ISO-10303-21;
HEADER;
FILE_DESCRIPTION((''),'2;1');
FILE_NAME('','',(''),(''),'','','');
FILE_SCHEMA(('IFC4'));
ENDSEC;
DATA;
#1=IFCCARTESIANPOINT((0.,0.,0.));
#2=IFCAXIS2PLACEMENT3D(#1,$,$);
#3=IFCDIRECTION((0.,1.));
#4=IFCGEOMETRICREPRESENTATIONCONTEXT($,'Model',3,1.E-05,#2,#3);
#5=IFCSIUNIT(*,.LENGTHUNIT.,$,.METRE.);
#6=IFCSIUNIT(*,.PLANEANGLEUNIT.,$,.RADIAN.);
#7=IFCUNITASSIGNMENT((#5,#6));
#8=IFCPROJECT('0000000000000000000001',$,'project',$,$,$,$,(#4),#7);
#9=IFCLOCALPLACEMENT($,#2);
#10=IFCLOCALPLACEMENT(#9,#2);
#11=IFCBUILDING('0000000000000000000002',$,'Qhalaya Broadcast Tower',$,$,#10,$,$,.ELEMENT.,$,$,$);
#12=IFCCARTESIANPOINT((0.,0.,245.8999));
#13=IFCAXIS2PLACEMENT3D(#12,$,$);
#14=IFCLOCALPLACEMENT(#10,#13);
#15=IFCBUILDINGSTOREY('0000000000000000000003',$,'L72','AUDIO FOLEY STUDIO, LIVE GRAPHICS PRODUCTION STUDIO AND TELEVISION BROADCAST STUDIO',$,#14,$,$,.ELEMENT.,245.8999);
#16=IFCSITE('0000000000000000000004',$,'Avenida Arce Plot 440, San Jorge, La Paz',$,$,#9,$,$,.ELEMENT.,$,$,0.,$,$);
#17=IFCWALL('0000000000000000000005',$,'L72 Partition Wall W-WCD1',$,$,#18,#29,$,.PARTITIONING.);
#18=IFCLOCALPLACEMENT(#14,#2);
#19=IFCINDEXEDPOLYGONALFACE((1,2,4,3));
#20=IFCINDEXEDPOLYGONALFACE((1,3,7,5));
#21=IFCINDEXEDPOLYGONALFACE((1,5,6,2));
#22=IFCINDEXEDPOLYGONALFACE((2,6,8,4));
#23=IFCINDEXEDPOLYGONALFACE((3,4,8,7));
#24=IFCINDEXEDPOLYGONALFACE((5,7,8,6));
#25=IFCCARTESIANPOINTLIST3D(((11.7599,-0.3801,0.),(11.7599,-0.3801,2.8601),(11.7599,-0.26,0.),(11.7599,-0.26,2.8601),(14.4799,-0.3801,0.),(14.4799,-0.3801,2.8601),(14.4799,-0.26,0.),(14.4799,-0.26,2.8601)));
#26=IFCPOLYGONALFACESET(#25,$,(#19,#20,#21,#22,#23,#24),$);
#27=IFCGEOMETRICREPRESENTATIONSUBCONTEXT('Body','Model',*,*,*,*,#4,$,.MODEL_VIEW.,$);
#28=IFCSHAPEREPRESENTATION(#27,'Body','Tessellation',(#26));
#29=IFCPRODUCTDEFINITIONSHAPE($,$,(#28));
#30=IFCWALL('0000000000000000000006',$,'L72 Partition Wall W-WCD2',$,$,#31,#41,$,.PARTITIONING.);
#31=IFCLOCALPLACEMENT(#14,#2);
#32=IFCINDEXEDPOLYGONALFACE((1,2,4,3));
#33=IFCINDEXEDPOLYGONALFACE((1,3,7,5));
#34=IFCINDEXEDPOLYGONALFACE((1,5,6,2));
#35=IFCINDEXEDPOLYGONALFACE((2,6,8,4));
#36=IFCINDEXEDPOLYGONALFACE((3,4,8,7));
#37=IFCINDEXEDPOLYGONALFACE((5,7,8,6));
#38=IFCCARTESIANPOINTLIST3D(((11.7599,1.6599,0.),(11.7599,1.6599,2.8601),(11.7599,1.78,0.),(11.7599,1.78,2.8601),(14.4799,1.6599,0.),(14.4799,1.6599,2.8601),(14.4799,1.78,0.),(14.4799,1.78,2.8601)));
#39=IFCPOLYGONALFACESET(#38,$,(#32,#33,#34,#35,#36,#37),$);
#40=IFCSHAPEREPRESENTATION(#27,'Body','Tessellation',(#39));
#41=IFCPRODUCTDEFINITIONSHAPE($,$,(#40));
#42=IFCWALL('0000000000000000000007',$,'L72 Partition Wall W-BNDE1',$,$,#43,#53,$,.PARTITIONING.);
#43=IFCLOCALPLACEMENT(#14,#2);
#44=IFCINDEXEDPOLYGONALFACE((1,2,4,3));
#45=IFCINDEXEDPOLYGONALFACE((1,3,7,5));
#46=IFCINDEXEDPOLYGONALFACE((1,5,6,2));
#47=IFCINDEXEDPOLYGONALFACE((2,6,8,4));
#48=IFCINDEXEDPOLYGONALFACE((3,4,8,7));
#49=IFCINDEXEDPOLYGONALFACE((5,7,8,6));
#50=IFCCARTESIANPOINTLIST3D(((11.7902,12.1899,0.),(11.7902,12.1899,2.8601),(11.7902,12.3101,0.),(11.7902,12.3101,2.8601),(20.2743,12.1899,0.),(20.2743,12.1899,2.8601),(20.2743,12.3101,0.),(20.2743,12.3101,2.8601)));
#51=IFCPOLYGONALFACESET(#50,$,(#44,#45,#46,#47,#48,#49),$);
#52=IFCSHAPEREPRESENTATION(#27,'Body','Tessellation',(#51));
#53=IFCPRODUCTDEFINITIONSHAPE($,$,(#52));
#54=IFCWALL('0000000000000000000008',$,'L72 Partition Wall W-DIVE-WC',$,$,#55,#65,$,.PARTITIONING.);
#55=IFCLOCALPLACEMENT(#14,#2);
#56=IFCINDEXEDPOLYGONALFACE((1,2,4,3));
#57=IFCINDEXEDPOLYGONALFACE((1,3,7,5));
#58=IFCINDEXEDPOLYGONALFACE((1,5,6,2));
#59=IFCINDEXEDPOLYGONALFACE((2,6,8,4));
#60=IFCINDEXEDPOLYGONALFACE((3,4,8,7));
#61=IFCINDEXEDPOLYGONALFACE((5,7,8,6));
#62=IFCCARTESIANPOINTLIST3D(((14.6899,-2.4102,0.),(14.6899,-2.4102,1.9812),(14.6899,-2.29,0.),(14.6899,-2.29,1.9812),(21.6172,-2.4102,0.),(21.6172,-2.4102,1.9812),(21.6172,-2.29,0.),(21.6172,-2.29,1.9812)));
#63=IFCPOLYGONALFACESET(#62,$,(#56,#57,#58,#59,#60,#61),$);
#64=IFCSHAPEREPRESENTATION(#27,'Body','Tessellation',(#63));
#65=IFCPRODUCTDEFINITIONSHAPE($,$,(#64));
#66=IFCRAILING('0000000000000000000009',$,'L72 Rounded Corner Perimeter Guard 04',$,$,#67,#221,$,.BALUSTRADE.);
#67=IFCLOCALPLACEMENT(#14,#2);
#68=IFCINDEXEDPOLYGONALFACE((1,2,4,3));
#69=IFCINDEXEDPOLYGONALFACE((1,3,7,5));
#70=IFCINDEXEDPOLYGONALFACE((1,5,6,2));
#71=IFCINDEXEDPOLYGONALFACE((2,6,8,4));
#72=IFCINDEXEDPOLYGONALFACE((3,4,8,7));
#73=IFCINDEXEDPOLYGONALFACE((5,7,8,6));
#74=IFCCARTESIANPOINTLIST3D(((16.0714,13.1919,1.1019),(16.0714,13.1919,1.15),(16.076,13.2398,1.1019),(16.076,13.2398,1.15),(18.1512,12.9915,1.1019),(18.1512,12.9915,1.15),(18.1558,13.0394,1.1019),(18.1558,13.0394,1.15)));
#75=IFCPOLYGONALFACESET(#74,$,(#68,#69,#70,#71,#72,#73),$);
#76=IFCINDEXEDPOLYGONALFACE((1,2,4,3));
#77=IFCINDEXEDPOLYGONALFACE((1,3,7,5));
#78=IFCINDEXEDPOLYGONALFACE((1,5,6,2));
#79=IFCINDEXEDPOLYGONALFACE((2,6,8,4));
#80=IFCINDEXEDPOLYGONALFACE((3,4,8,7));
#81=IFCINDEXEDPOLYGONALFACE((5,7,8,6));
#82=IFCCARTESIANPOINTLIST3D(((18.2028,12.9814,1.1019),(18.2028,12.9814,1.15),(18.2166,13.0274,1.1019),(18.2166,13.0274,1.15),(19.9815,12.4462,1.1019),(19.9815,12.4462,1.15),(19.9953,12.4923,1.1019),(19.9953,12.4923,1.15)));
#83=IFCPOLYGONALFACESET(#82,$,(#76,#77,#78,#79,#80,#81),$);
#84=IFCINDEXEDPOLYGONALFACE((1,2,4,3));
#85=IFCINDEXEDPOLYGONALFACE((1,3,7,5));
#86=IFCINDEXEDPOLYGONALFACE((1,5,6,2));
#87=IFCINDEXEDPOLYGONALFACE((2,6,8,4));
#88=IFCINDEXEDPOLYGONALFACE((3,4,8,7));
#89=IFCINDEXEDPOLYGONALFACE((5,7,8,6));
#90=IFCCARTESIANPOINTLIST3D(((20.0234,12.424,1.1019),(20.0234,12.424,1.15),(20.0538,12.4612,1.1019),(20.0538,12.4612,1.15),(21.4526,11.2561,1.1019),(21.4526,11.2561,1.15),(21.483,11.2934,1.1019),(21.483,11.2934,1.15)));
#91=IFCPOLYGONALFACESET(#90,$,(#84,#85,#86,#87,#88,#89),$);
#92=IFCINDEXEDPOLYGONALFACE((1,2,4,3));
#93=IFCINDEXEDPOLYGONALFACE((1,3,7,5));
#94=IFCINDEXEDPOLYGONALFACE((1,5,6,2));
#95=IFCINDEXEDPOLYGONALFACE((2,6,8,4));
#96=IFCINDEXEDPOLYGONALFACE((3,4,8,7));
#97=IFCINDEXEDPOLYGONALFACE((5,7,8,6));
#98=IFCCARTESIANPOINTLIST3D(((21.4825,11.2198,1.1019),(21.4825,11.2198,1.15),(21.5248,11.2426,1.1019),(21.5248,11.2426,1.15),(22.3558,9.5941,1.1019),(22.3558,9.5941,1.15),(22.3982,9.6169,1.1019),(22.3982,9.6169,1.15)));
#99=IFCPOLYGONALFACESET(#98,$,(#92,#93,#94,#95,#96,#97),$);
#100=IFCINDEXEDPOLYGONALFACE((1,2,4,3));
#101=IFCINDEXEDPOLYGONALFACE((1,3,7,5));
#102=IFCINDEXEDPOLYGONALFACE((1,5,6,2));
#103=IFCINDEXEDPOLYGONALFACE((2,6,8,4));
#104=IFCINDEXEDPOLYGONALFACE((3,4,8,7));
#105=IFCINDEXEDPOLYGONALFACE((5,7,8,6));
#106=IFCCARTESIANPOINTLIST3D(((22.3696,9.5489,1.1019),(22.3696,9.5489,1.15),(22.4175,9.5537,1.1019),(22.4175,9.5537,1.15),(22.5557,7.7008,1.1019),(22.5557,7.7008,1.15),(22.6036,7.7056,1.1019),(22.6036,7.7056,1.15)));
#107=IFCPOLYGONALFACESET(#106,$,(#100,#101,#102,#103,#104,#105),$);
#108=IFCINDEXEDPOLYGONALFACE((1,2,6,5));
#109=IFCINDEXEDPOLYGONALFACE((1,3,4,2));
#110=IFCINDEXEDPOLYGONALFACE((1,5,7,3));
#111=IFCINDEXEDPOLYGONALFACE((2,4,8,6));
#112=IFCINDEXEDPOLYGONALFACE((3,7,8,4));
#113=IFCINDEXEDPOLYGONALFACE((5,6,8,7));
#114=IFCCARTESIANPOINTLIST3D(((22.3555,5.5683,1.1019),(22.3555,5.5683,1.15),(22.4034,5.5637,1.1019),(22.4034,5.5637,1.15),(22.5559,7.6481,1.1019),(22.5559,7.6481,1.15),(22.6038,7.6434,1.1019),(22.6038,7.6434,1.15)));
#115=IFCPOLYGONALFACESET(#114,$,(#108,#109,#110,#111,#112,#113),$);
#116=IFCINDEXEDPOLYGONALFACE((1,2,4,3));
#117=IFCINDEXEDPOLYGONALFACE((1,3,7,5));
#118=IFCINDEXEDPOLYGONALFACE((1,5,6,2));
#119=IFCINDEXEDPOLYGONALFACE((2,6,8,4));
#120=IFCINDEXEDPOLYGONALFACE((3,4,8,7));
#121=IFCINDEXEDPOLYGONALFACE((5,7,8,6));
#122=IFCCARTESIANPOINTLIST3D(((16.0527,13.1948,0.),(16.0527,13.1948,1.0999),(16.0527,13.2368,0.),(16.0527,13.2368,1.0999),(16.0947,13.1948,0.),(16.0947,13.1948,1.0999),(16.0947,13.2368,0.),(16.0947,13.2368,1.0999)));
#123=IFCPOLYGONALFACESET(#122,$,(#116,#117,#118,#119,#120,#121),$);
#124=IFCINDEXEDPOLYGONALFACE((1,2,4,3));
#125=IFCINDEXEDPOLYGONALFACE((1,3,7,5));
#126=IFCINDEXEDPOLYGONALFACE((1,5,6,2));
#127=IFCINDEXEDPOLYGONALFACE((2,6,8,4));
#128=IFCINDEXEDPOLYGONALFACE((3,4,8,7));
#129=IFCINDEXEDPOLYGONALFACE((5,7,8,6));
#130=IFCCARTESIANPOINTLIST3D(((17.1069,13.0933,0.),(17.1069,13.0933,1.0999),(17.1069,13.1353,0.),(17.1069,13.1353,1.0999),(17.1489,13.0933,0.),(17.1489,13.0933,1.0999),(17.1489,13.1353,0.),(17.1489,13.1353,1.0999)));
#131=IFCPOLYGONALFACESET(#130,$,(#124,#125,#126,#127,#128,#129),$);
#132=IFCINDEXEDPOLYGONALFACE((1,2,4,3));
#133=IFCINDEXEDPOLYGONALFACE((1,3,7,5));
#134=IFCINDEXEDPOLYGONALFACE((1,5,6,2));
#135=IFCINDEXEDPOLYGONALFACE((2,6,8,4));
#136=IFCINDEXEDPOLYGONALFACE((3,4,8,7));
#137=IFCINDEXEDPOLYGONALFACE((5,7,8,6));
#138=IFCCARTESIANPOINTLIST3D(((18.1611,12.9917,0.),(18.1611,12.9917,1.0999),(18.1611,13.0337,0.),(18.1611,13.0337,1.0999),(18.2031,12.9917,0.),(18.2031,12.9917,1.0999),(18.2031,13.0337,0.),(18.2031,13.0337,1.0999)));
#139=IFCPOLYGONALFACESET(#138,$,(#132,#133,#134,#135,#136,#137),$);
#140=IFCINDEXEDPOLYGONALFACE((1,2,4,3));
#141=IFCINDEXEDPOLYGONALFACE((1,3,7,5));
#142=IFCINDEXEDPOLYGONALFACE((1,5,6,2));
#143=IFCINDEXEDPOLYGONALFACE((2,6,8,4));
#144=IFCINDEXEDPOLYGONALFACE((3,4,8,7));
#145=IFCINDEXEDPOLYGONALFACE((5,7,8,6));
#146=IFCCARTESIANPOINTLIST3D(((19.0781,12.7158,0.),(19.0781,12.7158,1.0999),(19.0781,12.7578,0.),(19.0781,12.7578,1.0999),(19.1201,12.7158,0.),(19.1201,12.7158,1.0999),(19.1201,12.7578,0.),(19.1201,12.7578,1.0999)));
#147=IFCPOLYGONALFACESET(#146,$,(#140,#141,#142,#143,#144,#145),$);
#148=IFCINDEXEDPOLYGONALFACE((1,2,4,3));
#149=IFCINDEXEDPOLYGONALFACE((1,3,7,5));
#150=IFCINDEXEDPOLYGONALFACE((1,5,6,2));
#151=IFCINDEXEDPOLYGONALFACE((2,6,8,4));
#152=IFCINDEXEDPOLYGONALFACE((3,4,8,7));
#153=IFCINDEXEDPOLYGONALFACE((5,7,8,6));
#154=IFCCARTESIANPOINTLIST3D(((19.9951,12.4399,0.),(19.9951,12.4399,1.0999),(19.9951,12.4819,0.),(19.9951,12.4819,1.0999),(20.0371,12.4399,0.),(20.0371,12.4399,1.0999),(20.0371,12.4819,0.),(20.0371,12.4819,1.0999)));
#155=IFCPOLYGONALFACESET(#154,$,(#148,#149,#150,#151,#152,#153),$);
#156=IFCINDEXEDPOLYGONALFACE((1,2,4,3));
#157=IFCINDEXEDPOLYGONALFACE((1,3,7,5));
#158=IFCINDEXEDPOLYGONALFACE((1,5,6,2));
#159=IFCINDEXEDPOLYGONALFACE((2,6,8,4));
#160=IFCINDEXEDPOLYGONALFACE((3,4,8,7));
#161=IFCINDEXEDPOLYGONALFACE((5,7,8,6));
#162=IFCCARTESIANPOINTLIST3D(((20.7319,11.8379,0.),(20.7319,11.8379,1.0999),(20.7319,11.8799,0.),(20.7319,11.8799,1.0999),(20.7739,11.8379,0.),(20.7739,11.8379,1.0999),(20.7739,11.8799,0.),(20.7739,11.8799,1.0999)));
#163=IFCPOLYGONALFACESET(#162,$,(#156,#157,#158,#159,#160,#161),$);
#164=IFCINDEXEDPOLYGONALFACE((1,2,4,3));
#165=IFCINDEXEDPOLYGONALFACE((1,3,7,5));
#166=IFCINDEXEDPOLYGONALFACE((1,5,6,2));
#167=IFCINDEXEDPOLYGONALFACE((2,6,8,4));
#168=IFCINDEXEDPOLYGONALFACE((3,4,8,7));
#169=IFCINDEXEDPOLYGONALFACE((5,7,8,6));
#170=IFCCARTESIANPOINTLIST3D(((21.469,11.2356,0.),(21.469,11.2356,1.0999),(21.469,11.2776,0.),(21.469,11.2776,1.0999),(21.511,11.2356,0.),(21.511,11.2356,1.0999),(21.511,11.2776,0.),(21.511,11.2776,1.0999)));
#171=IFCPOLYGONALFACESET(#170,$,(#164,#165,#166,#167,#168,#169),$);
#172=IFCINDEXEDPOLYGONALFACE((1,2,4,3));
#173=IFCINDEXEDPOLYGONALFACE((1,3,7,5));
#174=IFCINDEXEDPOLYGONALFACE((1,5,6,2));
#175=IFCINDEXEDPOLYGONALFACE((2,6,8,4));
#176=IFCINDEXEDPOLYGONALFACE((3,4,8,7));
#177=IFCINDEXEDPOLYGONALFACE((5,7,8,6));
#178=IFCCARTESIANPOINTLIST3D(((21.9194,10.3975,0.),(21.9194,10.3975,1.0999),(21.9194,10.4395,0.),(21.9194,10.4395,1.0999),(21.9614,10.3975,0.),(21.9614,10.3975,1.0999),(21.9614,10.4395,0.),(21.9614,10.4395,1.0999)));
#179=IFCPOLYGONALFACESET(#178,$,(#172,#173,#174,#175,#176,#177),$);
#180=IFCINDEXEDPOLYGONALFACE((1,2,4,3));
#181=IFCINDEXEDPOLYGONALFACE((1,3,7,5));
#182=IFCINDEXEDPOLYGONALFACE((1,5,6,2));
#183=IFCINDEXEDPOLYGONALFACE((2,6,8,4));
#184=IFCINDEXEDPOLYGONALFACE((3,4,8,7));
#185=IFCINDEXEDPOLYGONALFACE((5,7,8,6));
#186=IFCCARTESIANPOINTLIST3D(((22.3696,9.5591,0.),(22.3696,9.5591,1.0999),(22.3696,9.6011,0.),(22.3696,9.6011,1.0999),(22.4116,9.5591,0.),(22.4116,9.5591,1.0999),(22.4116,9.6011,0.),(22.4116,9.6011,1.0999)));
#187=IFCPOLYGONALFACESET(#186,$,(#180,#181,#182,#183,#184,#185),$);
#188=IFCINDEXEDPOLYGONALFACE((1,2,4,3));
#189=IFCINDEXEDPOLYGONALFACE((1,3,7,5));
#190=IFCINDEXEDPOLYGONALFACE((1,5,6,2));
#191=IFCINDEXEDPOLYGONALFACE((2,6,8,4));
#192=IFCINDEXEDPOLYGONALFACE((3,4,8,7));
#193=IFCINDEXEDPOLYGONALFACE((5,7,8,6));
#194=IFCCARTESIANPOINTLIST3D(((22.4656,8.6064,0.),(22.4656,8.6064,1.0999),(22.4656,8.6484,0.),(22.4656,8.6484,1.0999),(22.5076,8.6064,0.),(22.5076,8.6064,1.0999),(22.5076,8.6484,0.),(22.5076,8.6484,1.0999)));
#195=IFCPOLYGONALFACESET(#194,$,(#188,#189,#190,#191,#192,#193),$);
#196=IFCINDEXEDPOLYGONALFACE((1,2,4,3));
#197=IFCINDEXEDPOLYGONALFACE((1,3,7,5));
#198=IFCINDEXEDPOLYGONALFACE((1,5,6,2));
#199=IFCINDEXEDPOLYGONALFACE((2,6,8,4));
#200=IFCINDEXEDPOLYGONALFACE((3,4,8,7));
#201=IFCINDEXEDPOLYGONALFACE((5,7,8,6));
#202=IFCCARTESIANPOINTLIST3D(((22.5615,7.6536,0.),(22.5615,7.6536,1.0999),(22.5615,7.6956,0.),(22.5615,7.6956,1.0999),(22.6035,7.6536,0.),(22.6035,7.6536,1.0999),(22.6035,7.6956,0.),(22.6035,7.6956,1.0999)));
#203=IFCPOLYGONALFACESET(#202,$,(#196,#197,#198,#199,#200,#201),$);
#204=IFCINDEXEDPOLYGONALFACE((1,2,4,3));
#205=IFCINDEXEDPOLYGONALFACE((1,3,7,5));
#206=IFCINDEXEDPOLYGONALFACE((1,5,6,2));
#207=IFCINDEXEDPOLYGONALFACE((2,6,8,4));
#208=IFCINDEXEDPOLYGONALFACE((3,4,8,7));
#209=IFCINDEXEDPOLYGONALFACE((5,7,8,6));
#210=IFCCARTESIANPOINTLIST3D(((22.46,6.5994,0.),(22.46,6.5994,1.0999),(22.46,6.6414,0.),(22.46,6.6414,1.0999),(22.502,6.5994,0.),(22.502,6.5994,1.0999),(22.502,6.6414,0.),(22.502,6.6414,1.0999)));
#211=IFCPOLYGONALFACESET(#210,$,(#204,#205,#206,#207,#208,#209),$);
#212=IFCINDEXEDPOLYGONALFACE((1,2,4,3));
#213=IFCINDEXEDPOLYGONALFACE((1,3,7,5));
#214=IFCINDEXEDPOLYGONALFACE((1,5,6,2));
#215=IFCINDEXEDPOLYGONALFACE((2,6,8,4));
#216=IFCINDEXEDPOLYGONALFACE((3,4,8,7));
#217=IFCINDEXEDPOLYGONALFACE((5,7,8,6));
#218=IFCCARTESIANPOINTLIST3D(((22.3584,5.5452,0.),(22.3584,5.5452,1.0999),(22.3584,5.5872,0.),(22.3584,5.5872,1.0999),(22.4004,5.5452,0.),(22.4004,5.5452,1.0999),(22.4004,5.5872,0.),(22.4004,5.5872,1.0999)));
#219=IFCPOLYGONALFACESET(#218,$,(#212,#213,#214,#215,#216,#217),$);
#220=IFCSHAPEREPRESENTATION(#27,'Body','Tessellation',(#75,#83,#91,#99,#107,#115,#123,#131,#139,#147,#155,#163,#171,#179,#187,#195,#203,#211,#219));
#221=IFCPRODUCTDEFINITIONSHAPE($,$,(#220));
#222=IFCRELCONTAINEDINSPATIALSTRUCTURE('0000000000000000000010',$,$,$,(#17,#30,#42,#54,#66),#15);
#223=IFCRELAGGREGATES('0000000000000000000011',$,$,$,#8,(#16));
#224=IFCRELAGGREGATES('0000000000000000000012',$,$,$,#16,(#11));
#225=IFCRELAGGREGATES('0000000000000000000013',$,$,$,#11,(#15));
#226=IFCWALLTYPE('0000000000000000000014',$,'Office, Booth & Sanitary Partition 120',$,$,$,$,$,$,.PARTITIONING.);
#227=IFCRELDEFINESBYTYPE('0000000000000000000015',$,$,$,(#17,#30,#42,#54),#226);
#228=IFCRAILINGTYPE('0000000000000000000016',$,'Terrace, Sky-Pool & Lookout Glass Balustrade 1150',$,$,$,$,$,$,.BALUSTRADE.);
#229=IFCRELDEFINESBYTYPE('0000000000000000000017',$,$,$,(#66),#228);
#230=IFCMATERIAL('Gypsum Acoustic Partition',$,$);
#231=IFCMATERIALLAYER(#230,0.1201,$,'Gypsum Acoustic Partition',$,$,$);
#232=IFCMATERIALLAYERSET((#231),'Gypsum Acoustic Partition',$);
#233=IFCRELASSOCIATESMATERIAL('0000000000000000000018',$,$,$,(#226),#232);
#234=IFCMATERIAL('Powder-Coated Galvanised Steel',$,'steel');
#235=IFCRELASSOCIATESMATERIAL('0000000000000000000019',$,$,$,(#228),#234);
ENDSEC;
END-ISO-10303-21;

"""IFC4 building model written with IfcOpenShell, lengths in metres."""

from ifc_helpers import new_model, si_unit, direction, frame, frame_2d, origin, origin_2d, place, context, subcontext, project, spatial, rectangle, extrude, material, layer, layer_set, type_object, element, save


model = new_model("IFC4")

# Units and contexts
model_context = context("Model", 3, precision=1e-05, world=origin(), true_north=direction((0.0, 1.0)))
body_context = subcontext(model_context, "Body", "Model", "MODEL_VIEW")
ifc_project = project(units=[si_unit("LENGTHUNIT", "METRE"), si_unit("PLANEANGLEUNIT", "RADIAN")], contexts=[model_context])

# Site, building, storey
site_placement = place(None, origin())
site = spatial("IfcSite", under=ifc_project, at=site_placement, Name="Avenida Arce Plot 440, San Jorge, La Paz", CompositionType="ELEMENT", RefElevation=0.0)
building_placement = place(site_placement, origin())
building = spatial("IfcBuilding", under=site, at=building_placement, Name="Qhalaya Broadcast Tower", CompositionType="ELEMENT")
storey_placement = place(building_placement, frame((0.0, 0.0, 245.8999)))
storey = spatial("IfcBuildingStorey", under=building, at=storey_placement, Name="L72", Description="AUDIO FOLEY STUDIO, LIVE GRAPHICS PRODUCTION STUDIO AND TELEVISION BROADCAST STUDIO", CompositionType="ELEMENT", Elevation=245.8999)

# Walls
ifc_material_1 = material(Name="Gypsum Acoustic Partition")
ifc_layer_1 = layer(ifc_material_1, 0.1201, Name="Gypsum Acoustic Partition")
ifc_layer_set_1 = layer_set([ifc_layer_1], Name="Gypsum Acoustic Partition")
wall_type = type_object("IfcWallType", Name="Office, Booth & Sanitary Partition 120", PredefinedType="PARTITIONING", material=ifc_layer_set_1)
for number, where, z_axis, x_axis, name in (
    (1, (11.76, -0.3201, 0.0), (0.0, 0.0, 1.0), (1.0, 0.0, 0.0), "L72 Partition Wall W-WCD1"),
    (2, (11.76, 1.72, 0.0), (0.0, 0.0, 1.0), (1.0, 0.0, 0.0), "L72 Partition Wall W-WCD2"),
):
    element("IfcWall", number, at=place(storey_placement, frame(where, z_axis=z_axis, x_axis=x_axis)), inside=storey, type_object=wall_type, Name=name, PredefinedType="PARTITIONING", context=body_context, shape_type="SweptSolid", body=[
        extrude(rectangle(XDim=2.72, YDim=0.1201, at=frame_2d((1.3599, 0.0))), origin(), (0.0, 0.0, 1.0), 2.8601),
    ])
wall_1_placement = place(storey_placement, frame((11.79, 12.25, 0.0), z_axis=(0.0, 0.0, 1.0), x_axis=(1.0, 0.0, 0.0)))
element("IfcWall", 3, at=wall_1_placement, inside=storey, type_object=wall_type, Name="L72 Partition Wall W-BNDE1", PredefinedType="PARTITIONING", context=body_context, shape_type="SweptSolid", body=[
    extrude(rectangle(XDim=8.4841, YDim=0.1201, at=frame_2d((4.2422, 0.0))), origin(), (0.0, 0.0, 1.0), 2.8601),
])
wall_2_placement = place(storey_placement, frame((14.6899, -2.3501, 0.0), z_axis=(0.0, 0.0, 1.0), x_axis=(1.0, 0.0, 0.0)))
element("IfcWall", 4, at=wall_2_placement, inside=storey, type_object=wall_type, Name="L72 Partition Wall W-DIVE-WC", PredefinedType="PARTITIONING", context=body_context, shape_type="SweptSolid", body=[
    extrude(rectangle(XDim=6.9272, YDim=0.1201, at=frame_2d((3.4636, 0.0))), origin(), (0.0, 0.0, 1.0), 1.9812),
])

# Railing
ifc_material_2 = material(Name="Powder-Coated Galvanised Steel", Category="steel")
railing_type = type_object("IfcRailingType", Name="Terrace, Sky-Pool & Lookout Glass Balustrade 1150", PredefinedType="BALUSTRADE", material=ifc_material_2)
railing_placement = place(storey_placement, frame((16.0737, 13.2158, 0.0)))
element("IfcRailing", 5, at=railing_placement, inside=storey, type_object=railing_type, Name="L72 Rounded Corner Perimeter Guard 04", PredefinedType="BALUSTRADE", context=body_context, shape_type="SweptSolid", body=[
    extrude(rectangle(XDim=0.0481, YDim=0.0481, at=origin_2d()), frame((0.0, 0.0, 1.126), z_axis=(0.995391, -0.095897, 0.0), x_axis=(0.095897, 0.995391, 0.0)), (0.0, 0.0, 1.0), 2.0894),
    extrude(rectangle(XDim=0.0481, YDim=0.0481, at=origin_2d()), frame((2.136, -0.2114, 1.126), z_axis=(0.957601, -0.288096, 0.0), x_axis=(0.288096, 0.957601, 0.0)), (0.0, 0.0, 1.0), 1.8574),
    extrude(rectangle(XDim=0.0481, YDim=0.0481, at=origin_2d()), frame((3.9648, -0.7732, 1.126), z_axis=(0.774357, -0.632749, 0.0), x_axis=(0.632749, 0.774357, 0.0)), (0.0, 0.0, 1.0), 1.8457),
    extrude(rectangle(XDim=0.0481, YDim=0.0481, at=origin_2d()), frame((5.4299, -1.9846, 1.126), z_axis=(0.473243, -0.880932, 0.0), x_axis=(0.880932, 0.473243, 0.0)), (0.0, 0.0, 1.0), 1.8455),
    extrude(rectangle(XDim=0.0481, YDim=0.0481, at=origin_2d()), frame((6.3198, -3.6646, 1.126), z_axis=(0.100198, -0.994968, 0.0), x_axis=(0.994968, 0.100198, 0.0)), (0.0, 0.0, 1.0), 1.8574),
    extrude(rectangle(XDim=0.0481, YDim=0.0481, at=origin_2d()), frame((6.5061, -5.5701, 1.126), z_axis=(-0.095897, -0.995391, 0.0), x_axis=(0.995391, -0.095897, 0.0)), (0.0, 0.0, 1.0), 2.0894),
    extrude(rectangle(XDim=0.042, YDim=0.042, at=origin_2d()), origin(), (0.0, 0.0, 1.0), 1.0999),
    extrude(rectangle(XDim=0.042, YDim=0.042, at=origin_2d()), frame((1.0542, -0.1016, 0.0)), (0.0, 0.0, 1.0), 1.0999),
    extrude(rectangle(XDim=0.042, YDim=0.042, at=origin_2d()), frame((2.1084, -0.2031, 0.0)), (0.0, 0.0, 1.0), 1.0999),
    extrude(rectangle(XDim=0.042, YDim=0.042, at=origin_2d()), frame((3.0254, -0.479, 0.0)), (0.0, 0.0, 1.0), 1.0999),
    extrude(rectangle(XDim=0.042, YDim=0.042, at=origin_2d()), frame((3.9424, -0.7549, 0.0)), (0.0, 0.0, 1.0), 1.0999),
    extrude(rectangle(XDim=0.042, YDim=0.042, at=origin_2d()), frame((4.6792, -1.3569, 0.0)), (0.0, 0.0, 1.0), 1.0999),
    extrude(rectangle(XDim=0.042, YDim=0.042, at=origin_2d()), frame((5.4163, -1.9592, 0.0)), (0.0, 0.0, 1.0), 1.0999),
    extrude(rectangle(XDim=0.042, YDim=0.042, at=origin_2d()), frame((5.8667, -2.7974, 0.0)), (0.0, 0.0, 1.0), 1.0999),
    extrude(rectangle(XDim=0.042, YDim=0.042, at=origin_2d()), frame((6.3169, -3.6357, 0.0)), (0.0, 0.0, 1.0), 1.0999),
    extrude(rectangle(XDim=0.042, YDim=0.042, at=origin_2d()), frame((6.4128, -4.5884, 0.0)), (0.0, 0.0, 1.0), 1.0999),
    extrude(rectangle(XDim=0.042, YDim=0.042, at=origin_2d()), frame((6.5088, -5.5413, 0.0)), (0.0, 0.0, 1.0), 1.0999),
    extrude(rectangle(XDim=0.042, YDim=0.042, at=origin_2d()), frame((6.4072, -6.5955, 0.0)), (0.0, 0.0, 1.0), 1.0999),
    extrude(rectangle(XDim=0.042, YDim=0.042, at=origin_2d()), frame((6.3057, -7.6497, 0.0)), (0.0, 0.0, 1.0), 1.0999),
])

save(model, "model.ifc")
